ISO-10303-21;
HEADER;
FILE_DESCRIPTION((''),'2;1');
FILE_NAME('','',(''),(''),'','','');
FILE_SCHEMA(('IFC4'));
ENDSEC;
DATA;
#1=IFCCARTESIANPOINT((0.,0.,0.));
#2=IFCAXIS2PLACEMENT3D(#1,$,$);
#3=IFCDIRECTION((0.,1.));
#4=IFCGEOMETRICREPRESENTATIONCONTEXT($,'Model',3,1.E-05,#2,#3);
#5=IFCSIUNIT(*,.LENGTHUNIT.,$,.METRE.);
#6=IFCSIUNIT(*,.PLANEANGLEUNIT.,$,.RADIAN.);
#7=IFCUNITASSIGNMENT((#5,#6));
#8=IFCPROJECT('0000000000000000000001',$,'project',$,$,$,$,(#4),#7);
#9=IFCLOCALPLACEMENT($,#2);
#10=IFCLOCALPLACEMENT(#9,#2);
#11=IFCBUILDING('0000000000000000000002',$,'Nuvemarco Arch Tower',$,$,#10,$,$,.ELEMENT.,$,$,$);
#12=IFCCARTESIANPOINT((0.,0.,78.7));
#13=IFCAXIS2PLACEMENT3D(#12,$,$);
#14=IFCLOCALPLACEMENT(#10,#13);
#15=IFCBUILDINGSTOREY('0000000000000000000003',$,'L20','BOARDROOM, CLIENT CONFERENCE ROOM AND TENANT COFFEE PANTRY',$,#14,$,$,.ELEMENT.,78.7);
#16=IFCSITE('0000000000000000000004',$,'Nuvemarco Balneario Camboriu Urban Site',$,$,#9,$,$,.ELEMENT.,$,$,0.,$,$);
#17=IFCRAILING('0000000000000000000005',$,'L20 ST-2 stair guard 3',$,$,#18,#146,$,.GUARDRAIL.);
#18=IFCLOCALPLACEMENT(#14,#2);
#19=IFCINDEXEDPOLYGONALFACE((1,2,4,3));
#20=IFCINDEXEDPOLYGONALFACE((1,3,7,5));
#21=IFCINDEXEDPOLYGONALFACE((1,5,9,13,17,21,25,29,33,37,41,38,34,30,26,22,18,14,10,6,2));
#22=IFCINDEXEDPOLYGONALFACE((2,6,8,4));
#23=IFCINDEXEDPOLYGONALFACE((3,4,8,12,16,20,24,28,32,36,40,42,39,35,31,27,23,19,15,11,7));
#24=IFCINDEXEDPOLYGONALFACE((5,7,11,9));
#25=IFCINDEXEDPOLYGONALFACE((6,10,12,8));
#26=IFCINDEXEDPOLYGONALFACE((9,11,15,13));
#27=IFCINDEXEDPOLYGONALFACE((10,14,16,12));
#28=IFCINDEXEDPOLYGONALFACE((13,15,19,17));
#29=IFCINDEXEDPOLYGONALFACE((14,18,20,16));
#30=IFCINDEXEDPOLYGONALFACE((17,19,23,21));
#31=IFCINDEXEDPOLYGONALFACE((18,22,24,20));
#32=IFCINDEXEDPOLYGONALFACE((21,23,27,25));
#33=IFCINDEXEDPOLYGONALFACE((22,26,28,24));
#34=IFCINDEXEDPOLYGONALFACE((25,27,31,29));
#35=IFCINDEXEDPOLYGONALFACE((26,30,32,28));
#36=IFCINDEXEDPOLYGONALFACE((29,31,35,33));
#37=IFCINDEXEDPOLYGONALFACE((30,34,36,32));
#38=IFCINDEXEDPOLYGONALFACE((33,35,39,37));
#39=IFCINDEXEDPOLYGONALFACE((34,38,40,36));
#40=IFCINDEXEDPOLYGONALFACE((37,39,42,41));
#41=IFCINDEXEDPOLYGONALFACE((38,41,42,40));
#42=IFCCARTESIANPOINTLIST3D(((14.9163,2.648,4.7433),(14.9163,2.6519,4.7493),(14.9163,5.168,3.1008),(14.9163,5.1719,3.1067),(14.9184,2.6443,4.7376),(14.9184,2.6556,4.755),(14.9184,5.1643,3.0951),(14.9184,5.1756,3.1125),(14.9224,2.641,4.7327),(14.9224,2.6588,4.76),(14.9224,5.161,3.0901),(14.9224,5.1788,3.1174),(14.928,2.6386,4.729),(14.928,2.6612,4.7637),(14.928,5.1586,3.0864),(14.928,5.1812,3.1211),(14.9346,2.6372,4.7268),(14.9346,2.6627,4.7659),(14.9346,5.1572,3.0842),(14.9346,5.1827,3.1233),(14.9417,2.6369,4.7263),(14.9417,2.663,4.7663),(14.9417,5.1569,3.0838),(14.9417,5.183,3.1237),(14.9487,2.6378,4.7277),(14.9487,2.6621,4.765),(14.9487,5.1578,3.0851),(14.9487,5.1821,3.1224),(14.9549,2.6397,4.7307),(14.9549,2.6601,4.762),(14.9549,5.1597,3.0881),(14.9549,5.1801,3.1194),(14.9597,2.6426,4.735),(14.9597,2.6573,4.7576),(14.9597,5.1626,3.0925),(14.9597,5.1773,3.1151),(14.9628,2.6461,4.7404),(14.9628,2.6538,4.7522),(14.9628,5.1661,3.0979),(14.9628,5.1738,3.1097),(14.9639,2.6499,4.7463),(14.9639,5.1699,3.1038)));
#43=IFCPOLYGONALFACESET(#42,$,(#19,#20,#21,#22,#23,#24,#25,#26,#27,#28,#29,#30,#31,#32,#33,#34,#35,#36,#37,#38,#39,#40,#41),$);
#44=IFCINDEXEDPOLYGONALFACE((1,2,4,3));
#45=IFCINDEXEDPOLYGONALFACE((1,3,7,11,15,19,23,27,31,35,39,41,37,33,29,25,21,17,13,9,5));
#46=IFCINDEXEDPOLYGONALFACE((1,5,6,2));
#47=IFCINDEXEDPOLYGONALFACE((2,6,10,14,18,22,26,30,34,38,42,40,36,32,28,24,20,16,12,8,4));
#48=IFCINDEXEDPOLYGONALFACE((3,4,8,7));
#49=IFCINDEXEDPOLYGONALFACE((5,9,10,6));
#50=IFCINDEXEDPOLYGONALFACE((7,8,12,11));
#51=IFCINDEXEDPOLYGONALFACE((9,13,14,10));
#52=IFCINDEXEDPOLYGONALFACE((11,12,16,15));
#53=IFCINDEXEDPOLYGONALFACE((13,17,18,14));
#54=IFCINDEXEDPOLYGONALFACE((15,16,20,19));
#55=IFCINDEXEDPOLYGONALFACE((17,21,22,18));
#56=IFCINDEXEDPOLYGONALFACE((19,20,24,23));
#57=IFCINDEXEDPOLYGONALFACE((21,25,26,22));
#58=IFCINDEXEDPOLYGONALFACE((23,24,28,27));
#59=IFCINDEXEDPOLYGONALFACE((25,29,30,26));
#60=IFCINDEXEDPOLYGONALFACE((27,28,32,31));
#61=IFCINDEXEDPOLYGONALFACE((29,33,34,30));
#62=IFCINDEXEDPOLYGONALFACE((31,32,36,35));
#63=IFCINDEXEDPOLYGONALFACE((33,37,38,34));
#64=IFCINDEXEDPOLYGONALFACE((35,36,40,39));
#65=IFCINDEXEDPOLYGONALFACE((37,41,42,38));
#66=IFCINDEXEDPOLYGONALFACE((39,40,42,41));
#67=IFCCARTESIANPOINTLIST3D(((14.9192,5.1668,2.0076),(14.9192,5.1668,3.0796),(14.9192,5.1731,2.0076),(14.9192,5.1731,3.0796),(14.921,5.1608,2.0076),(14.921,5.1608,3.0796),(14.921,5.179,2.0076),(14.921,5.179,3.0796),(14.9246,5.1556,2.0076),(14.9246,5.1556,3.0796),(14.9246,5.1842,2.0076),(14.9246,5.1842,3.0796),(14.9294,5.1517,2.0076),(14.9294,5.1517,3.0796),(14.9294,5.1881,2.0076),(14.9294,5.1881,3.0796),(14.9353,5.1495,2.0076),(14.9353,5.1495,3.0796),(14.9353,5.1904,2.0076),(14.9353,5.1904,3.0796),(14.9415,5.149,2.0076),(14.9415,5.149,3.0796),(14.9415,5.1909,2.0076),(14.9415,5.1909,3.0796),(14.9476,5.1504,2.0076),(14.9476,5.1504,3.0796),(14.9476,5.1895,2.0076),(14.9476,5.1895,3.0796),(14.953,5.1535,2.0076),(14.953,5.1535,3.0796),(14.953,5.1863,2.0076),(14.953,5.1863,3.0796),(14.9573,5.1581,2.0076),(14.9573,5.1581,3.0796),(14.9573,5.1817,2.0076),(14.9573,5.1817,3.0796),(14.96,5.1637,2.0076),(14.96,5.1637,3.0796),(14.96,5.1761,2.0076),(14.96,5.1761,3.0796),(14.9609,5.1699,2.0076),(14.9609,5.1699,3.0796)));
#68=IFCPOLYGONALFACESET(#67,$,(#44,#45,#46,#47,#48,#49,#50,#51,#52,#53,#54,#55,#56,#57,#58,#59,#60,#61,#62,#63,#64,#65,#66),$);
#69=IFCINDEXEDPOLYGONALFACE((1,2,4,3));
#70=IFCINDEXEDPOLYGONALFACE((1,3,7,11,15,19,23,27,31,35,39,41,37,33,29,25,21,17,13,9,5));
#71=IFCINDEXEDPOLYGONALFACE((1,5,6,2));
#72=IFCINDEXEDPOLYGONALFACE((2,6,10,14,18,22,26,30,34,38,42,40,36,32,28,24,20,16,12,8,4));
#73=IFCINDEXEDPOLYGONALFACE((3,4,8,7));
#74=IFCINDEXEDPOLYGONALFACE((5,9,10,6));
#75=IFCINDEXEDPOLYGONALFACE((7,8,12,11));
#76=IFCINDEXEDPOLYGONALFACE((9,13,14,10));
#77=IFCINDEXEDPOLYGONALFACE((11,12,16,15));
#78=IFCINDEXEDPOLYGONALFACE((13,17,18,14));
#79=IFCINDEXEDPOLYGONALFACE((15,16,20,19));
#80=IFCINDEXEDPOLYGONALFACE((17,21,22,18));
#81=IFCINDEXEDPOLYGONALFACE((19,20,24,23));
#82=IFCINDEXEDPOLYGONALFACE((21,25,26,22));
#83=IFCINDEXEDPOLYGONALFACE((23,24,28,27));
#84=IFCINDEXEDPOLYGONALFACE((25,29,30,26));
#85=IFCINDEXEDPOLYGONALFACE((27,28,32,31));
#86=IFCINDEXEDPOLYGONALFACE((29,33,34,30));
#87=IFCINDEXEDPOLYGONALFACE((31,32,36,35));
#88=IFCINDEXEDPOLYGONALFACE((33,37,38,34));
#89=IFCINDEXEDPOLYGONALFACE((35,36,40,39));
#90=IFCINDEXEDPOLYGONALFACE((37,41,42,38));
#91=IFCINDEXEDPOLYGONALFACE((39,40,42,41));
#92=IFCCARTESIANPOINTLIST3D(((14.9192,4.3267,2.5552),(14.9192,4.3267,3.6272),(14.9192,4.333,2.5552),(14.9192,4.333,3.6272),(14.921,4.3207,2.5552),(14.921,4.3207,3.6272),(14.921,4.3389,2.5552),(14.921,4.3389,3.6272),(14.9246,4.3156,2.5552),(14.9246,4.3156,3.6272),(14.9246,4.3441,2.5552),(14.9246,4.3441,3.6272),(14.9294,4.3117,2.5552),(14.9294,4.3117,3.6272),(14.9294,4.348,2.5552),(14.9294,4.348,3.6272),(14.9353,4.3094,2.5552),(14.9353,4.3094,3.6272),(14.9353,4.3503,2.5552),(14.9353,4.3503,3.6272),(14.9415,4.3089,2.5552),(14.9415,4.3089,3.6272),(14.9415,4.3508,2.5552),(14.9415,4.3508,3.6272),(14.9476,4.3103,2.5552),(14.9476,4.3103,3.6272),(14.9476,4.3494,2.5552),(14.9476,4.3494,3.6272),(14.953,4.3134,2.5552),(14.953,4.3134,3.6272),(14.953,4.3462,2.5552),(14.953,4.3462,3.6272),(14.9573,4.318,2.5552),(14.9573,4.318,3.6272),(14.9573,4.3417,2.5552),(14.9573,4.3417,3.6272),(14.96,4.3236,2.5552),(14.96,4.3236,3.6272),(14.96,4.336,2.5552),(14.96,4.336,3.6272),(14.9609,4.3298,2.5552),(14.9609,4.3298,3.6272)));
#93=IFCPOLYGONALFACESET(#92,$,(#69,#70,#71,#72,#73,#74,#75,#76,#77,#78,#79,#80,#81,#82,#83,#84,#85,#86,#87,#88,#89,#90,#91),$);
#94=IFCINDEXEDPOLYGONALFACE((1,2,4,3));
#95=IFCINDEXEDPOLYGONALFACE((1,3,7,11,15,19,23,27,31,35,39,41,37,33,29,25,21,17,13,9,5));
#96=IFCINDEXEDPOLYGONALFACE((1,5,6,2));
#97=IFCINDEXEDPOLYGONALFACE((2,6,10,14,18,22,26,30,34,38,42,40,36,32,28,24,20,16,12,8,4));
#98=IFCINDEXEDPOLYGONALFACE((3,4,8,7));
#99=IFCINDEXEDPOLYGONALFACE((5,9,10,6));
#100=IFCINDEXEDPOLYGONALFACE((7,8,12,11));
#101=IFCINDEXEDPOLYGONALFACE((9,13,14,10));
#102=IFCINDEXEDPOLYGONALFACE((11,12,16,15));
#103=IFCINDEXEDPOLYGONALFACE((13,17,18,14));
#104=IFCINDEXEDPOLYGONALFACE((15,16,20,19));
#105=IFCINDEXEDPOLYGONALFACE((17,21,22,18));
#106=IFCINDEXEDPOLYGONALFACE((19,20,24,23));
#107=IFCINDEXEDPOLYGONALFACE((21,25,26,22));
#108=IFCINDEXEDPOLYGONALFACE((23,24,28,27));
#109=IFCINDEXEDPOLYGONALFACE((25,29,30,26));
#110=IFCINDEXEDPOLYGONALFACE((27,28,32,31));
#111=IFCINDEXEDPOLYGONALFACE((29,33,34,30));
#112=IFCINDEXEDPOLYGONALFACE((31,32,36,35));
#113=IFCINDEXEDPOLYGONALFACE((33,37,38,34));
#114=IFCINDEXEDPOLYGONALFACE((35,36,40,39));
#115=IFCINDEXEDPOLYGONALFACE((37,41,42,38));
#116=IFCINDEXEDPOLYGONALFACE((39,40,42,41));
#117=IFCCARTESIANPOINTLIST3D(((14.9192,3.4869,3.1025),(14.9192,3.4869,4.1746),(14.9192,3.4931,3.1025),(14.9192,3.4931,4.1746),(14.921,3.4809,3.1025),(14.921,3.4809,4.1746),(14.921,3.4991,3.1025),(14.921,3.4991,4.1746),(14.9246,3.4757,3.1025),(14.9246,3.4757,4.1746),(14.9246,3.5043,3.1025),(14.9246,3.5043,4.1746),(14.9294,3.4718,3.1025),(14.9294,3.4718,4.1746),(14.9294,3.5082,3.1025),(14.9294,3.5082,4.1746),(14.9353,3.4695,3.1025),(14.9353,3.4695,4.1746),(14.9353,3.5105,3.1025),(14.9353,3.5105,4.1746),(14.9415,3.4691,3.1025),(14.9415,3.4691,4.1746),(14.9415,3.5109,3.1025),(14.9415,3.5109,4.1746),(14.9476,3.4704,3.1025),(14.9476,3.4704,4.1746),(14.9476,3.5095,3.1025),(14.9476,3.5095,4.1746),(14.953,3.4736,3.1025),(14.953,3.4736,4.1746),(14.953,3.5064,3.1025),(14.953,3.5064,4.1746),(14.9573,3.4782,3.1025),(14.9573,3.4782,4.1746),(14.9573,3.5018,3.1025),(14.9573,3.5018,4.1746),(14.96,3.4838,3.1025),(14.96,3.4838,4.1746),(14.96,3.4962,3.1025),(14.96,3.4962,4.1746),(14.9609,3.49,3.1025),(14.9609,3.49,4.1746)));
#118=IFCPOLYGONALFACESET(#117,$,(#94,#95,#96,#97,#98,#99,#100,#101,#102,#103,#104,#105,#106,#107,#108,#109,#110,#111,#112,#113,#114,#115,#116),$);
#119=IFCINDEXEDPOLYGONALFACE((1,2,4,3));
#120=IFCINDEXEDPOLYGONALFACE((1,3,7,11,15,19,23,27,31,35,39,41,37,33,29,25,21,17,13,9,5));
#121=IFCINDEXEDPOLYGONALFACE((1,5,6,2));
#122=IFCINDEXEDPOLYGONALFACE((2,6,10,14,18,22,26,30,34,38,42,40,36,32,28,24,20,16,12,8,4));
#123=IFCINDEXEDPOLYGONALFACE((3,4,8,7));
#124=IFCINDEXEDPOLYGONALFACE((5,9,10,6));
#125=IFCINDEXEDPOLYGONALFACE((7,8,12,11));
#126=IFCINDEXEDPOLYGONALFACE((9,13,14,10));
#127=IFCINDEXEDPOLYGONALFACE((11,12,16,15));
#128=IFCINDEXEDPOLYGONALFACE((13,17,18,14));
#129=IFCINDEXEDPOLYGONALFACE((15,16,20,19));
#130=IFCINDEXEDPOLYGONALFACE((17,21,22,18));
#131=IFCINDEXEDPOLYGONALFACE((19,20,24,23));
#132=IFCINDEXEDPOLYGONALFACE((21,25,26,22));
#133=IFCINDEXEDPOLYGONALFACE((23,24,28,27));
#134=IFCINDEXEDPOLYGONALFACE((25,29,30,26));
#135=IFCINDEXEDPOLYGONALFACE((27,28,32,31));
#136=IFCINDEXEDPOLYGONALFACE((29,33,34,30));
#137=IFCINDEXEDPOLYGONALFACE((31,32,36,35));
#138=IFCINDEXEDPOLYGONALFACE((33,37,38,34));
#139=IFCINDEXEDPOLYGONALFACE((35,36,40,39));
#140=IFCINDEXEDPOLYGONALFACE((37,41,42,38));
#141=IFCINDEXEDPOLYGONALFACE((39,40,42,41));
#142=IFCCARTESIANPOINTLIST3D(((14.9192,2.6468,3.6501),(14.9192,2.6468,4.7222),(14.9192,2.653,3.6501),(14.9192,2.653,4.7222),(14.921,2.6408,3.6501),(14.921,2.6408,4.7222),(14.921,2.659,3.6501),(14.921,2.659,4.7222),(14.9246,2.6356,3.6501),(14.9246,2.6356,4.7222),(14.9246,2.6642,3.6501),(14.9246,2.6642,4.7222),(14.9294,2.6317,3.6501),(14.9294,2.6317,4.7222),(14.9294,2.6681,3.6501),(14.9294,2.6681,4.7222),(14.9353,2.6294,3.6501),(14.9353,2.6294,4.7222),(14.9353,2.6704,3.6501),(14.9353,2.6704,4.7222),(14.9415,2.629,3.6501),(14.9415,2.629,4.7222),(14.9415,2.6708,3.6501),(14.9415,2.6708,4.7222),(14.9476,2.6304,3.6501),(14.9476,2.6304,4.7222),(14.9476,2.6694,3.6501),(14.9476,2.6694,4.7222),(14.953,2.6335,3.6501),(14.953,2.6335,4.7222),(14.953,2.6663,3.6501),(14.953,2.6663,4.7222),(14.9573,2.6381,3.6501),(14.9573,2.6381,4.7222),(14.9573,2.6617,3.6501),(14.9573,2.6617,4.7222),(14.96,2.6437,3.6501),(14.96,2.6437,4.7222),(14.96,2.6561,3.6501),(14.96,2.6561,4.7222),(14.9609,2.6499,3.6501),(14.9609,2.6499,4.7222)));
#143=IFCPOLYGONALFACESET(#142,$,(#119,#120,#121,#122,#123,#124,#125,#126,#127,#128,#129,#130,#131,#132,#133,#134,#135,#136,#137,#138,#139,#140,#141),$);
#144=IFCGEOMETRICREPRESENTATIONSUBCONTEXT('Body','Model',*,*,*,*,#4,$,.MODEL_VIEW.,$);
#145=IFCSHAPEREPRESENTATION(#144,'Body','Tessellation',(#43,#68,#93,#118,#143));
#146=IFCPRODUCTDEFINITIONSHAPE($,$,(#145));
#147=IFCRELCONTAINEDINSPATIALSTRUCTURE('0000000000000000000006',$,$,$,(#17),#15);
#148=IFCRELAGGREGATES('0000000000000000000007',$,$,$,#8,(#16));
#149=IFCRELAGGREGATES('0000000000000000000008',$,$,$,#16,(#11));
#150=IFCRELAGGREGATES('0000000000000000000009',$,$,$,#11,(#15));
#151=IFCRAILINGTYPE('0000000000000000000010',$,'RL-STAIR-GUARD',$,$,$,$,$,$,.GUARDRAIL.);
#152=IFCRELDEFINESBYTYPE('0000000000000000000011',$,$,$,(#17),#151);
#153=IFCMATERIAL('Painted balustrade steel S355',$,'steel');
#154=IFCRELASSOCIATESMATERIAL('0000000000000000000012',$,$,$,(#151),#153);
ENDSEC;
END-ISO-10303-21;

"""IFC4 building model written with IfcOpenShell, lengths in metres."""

from ifc_helpers import new_model, si_unit, direction, frame, origin, origin_2d, place, context, subcontext, project, spatial, circle, extrude, material, type_object, element, save


model = new_model("IFC4")

# Units and contexts
model_context = context("Model", 3, precision=1e-05, world=origin(), true_north=direction((0.0, 1.0)))
body_context = subcontext(model_context, "Body", "Model", "MODEL_VIEW")
ifc_project = project(units=[si_unit("LENGTHUNIT", "METRE"), si_unit("PLANEANGLEUNIT", "RADIAN")], contexts=[model_context])

# Site, building, storey
site_placement = place(None, origin())
site = spatial("IfcSite", under=ifc_project, at=site_placement, Name="Nuvemarco Balneario Camboriu Urban Site", CompositionType="ELEMENT", RefElevation=0.0)
building_placement = place(site_placement, origin())
building = spatial("IfcBuilding", under=site, at=building_placement, Name="Nuvemarco Arch Tower", CompositionType="ELEMENT")
storey_placement = place(building_placement, frame((0.0, 0.0, 78.7)))
storey = spatial("IfcBuildingStorey", under=building, at=storey_placement, Name="L20", Description="BOARDROOM, CLIENT CONFERENCE ROOM AND TENANT COFFEE PANTRY", CompositionType="ELEMENT", Elevation=78.7)

# Railing
ifc_material_1 = material(Name="Painted balustrade steel S355", Category="steel")
railing_type_1 = type_object("IfcRailingType", Name="RL-STAIR-GUARD", PredefinedType="GUARDRAIL", material=ifc_material_1)
railing_1_placement = place(storey_placement, frame((14.9399, 5.1699, 2.0076)))
element("IfcRailing", 1, at=railing_1_placement, inside=storey, type_object=railing_type_1, Name="L20 ST-2 stair guard 3", PredefinedType="GUARDRAIL", context=body_context, shape_type="SweptSolid", body=[
    extrude(circle(Radius=0.0239, at=origin_2d()), frame((0.0, 0.0, 1.0962), z_axis=(0.0, -0.837749, 0.546055), x_axis=(1.0, 0.0, 0.0)), (0.0, 0.0, 1.0), 3.0081),
    extrude(circle(Radius=0.021, at=origin_2d()), origin(), (0.0, 0.0, 1.0), 1.072),
    extrude(circle(Radius=0.021, at=origin_2d()), frame((0.0, -0.8401, 0.5476)), (0.0, 0.0, 1.0), 1.072),
    extrude(circle(Radius=0.021, at=origin_2d()), frame((0.0, -1.6799, 1.095)), (0.0, 0.0, 1.0), 1.072),
    extrude(circle(Radius=0.021, at=origin_2d()), frame((0.0, -2.52, 1.6426)), (0.0, 0.0, 1.0), 1.072),
])

save(model, "model.ifc")
